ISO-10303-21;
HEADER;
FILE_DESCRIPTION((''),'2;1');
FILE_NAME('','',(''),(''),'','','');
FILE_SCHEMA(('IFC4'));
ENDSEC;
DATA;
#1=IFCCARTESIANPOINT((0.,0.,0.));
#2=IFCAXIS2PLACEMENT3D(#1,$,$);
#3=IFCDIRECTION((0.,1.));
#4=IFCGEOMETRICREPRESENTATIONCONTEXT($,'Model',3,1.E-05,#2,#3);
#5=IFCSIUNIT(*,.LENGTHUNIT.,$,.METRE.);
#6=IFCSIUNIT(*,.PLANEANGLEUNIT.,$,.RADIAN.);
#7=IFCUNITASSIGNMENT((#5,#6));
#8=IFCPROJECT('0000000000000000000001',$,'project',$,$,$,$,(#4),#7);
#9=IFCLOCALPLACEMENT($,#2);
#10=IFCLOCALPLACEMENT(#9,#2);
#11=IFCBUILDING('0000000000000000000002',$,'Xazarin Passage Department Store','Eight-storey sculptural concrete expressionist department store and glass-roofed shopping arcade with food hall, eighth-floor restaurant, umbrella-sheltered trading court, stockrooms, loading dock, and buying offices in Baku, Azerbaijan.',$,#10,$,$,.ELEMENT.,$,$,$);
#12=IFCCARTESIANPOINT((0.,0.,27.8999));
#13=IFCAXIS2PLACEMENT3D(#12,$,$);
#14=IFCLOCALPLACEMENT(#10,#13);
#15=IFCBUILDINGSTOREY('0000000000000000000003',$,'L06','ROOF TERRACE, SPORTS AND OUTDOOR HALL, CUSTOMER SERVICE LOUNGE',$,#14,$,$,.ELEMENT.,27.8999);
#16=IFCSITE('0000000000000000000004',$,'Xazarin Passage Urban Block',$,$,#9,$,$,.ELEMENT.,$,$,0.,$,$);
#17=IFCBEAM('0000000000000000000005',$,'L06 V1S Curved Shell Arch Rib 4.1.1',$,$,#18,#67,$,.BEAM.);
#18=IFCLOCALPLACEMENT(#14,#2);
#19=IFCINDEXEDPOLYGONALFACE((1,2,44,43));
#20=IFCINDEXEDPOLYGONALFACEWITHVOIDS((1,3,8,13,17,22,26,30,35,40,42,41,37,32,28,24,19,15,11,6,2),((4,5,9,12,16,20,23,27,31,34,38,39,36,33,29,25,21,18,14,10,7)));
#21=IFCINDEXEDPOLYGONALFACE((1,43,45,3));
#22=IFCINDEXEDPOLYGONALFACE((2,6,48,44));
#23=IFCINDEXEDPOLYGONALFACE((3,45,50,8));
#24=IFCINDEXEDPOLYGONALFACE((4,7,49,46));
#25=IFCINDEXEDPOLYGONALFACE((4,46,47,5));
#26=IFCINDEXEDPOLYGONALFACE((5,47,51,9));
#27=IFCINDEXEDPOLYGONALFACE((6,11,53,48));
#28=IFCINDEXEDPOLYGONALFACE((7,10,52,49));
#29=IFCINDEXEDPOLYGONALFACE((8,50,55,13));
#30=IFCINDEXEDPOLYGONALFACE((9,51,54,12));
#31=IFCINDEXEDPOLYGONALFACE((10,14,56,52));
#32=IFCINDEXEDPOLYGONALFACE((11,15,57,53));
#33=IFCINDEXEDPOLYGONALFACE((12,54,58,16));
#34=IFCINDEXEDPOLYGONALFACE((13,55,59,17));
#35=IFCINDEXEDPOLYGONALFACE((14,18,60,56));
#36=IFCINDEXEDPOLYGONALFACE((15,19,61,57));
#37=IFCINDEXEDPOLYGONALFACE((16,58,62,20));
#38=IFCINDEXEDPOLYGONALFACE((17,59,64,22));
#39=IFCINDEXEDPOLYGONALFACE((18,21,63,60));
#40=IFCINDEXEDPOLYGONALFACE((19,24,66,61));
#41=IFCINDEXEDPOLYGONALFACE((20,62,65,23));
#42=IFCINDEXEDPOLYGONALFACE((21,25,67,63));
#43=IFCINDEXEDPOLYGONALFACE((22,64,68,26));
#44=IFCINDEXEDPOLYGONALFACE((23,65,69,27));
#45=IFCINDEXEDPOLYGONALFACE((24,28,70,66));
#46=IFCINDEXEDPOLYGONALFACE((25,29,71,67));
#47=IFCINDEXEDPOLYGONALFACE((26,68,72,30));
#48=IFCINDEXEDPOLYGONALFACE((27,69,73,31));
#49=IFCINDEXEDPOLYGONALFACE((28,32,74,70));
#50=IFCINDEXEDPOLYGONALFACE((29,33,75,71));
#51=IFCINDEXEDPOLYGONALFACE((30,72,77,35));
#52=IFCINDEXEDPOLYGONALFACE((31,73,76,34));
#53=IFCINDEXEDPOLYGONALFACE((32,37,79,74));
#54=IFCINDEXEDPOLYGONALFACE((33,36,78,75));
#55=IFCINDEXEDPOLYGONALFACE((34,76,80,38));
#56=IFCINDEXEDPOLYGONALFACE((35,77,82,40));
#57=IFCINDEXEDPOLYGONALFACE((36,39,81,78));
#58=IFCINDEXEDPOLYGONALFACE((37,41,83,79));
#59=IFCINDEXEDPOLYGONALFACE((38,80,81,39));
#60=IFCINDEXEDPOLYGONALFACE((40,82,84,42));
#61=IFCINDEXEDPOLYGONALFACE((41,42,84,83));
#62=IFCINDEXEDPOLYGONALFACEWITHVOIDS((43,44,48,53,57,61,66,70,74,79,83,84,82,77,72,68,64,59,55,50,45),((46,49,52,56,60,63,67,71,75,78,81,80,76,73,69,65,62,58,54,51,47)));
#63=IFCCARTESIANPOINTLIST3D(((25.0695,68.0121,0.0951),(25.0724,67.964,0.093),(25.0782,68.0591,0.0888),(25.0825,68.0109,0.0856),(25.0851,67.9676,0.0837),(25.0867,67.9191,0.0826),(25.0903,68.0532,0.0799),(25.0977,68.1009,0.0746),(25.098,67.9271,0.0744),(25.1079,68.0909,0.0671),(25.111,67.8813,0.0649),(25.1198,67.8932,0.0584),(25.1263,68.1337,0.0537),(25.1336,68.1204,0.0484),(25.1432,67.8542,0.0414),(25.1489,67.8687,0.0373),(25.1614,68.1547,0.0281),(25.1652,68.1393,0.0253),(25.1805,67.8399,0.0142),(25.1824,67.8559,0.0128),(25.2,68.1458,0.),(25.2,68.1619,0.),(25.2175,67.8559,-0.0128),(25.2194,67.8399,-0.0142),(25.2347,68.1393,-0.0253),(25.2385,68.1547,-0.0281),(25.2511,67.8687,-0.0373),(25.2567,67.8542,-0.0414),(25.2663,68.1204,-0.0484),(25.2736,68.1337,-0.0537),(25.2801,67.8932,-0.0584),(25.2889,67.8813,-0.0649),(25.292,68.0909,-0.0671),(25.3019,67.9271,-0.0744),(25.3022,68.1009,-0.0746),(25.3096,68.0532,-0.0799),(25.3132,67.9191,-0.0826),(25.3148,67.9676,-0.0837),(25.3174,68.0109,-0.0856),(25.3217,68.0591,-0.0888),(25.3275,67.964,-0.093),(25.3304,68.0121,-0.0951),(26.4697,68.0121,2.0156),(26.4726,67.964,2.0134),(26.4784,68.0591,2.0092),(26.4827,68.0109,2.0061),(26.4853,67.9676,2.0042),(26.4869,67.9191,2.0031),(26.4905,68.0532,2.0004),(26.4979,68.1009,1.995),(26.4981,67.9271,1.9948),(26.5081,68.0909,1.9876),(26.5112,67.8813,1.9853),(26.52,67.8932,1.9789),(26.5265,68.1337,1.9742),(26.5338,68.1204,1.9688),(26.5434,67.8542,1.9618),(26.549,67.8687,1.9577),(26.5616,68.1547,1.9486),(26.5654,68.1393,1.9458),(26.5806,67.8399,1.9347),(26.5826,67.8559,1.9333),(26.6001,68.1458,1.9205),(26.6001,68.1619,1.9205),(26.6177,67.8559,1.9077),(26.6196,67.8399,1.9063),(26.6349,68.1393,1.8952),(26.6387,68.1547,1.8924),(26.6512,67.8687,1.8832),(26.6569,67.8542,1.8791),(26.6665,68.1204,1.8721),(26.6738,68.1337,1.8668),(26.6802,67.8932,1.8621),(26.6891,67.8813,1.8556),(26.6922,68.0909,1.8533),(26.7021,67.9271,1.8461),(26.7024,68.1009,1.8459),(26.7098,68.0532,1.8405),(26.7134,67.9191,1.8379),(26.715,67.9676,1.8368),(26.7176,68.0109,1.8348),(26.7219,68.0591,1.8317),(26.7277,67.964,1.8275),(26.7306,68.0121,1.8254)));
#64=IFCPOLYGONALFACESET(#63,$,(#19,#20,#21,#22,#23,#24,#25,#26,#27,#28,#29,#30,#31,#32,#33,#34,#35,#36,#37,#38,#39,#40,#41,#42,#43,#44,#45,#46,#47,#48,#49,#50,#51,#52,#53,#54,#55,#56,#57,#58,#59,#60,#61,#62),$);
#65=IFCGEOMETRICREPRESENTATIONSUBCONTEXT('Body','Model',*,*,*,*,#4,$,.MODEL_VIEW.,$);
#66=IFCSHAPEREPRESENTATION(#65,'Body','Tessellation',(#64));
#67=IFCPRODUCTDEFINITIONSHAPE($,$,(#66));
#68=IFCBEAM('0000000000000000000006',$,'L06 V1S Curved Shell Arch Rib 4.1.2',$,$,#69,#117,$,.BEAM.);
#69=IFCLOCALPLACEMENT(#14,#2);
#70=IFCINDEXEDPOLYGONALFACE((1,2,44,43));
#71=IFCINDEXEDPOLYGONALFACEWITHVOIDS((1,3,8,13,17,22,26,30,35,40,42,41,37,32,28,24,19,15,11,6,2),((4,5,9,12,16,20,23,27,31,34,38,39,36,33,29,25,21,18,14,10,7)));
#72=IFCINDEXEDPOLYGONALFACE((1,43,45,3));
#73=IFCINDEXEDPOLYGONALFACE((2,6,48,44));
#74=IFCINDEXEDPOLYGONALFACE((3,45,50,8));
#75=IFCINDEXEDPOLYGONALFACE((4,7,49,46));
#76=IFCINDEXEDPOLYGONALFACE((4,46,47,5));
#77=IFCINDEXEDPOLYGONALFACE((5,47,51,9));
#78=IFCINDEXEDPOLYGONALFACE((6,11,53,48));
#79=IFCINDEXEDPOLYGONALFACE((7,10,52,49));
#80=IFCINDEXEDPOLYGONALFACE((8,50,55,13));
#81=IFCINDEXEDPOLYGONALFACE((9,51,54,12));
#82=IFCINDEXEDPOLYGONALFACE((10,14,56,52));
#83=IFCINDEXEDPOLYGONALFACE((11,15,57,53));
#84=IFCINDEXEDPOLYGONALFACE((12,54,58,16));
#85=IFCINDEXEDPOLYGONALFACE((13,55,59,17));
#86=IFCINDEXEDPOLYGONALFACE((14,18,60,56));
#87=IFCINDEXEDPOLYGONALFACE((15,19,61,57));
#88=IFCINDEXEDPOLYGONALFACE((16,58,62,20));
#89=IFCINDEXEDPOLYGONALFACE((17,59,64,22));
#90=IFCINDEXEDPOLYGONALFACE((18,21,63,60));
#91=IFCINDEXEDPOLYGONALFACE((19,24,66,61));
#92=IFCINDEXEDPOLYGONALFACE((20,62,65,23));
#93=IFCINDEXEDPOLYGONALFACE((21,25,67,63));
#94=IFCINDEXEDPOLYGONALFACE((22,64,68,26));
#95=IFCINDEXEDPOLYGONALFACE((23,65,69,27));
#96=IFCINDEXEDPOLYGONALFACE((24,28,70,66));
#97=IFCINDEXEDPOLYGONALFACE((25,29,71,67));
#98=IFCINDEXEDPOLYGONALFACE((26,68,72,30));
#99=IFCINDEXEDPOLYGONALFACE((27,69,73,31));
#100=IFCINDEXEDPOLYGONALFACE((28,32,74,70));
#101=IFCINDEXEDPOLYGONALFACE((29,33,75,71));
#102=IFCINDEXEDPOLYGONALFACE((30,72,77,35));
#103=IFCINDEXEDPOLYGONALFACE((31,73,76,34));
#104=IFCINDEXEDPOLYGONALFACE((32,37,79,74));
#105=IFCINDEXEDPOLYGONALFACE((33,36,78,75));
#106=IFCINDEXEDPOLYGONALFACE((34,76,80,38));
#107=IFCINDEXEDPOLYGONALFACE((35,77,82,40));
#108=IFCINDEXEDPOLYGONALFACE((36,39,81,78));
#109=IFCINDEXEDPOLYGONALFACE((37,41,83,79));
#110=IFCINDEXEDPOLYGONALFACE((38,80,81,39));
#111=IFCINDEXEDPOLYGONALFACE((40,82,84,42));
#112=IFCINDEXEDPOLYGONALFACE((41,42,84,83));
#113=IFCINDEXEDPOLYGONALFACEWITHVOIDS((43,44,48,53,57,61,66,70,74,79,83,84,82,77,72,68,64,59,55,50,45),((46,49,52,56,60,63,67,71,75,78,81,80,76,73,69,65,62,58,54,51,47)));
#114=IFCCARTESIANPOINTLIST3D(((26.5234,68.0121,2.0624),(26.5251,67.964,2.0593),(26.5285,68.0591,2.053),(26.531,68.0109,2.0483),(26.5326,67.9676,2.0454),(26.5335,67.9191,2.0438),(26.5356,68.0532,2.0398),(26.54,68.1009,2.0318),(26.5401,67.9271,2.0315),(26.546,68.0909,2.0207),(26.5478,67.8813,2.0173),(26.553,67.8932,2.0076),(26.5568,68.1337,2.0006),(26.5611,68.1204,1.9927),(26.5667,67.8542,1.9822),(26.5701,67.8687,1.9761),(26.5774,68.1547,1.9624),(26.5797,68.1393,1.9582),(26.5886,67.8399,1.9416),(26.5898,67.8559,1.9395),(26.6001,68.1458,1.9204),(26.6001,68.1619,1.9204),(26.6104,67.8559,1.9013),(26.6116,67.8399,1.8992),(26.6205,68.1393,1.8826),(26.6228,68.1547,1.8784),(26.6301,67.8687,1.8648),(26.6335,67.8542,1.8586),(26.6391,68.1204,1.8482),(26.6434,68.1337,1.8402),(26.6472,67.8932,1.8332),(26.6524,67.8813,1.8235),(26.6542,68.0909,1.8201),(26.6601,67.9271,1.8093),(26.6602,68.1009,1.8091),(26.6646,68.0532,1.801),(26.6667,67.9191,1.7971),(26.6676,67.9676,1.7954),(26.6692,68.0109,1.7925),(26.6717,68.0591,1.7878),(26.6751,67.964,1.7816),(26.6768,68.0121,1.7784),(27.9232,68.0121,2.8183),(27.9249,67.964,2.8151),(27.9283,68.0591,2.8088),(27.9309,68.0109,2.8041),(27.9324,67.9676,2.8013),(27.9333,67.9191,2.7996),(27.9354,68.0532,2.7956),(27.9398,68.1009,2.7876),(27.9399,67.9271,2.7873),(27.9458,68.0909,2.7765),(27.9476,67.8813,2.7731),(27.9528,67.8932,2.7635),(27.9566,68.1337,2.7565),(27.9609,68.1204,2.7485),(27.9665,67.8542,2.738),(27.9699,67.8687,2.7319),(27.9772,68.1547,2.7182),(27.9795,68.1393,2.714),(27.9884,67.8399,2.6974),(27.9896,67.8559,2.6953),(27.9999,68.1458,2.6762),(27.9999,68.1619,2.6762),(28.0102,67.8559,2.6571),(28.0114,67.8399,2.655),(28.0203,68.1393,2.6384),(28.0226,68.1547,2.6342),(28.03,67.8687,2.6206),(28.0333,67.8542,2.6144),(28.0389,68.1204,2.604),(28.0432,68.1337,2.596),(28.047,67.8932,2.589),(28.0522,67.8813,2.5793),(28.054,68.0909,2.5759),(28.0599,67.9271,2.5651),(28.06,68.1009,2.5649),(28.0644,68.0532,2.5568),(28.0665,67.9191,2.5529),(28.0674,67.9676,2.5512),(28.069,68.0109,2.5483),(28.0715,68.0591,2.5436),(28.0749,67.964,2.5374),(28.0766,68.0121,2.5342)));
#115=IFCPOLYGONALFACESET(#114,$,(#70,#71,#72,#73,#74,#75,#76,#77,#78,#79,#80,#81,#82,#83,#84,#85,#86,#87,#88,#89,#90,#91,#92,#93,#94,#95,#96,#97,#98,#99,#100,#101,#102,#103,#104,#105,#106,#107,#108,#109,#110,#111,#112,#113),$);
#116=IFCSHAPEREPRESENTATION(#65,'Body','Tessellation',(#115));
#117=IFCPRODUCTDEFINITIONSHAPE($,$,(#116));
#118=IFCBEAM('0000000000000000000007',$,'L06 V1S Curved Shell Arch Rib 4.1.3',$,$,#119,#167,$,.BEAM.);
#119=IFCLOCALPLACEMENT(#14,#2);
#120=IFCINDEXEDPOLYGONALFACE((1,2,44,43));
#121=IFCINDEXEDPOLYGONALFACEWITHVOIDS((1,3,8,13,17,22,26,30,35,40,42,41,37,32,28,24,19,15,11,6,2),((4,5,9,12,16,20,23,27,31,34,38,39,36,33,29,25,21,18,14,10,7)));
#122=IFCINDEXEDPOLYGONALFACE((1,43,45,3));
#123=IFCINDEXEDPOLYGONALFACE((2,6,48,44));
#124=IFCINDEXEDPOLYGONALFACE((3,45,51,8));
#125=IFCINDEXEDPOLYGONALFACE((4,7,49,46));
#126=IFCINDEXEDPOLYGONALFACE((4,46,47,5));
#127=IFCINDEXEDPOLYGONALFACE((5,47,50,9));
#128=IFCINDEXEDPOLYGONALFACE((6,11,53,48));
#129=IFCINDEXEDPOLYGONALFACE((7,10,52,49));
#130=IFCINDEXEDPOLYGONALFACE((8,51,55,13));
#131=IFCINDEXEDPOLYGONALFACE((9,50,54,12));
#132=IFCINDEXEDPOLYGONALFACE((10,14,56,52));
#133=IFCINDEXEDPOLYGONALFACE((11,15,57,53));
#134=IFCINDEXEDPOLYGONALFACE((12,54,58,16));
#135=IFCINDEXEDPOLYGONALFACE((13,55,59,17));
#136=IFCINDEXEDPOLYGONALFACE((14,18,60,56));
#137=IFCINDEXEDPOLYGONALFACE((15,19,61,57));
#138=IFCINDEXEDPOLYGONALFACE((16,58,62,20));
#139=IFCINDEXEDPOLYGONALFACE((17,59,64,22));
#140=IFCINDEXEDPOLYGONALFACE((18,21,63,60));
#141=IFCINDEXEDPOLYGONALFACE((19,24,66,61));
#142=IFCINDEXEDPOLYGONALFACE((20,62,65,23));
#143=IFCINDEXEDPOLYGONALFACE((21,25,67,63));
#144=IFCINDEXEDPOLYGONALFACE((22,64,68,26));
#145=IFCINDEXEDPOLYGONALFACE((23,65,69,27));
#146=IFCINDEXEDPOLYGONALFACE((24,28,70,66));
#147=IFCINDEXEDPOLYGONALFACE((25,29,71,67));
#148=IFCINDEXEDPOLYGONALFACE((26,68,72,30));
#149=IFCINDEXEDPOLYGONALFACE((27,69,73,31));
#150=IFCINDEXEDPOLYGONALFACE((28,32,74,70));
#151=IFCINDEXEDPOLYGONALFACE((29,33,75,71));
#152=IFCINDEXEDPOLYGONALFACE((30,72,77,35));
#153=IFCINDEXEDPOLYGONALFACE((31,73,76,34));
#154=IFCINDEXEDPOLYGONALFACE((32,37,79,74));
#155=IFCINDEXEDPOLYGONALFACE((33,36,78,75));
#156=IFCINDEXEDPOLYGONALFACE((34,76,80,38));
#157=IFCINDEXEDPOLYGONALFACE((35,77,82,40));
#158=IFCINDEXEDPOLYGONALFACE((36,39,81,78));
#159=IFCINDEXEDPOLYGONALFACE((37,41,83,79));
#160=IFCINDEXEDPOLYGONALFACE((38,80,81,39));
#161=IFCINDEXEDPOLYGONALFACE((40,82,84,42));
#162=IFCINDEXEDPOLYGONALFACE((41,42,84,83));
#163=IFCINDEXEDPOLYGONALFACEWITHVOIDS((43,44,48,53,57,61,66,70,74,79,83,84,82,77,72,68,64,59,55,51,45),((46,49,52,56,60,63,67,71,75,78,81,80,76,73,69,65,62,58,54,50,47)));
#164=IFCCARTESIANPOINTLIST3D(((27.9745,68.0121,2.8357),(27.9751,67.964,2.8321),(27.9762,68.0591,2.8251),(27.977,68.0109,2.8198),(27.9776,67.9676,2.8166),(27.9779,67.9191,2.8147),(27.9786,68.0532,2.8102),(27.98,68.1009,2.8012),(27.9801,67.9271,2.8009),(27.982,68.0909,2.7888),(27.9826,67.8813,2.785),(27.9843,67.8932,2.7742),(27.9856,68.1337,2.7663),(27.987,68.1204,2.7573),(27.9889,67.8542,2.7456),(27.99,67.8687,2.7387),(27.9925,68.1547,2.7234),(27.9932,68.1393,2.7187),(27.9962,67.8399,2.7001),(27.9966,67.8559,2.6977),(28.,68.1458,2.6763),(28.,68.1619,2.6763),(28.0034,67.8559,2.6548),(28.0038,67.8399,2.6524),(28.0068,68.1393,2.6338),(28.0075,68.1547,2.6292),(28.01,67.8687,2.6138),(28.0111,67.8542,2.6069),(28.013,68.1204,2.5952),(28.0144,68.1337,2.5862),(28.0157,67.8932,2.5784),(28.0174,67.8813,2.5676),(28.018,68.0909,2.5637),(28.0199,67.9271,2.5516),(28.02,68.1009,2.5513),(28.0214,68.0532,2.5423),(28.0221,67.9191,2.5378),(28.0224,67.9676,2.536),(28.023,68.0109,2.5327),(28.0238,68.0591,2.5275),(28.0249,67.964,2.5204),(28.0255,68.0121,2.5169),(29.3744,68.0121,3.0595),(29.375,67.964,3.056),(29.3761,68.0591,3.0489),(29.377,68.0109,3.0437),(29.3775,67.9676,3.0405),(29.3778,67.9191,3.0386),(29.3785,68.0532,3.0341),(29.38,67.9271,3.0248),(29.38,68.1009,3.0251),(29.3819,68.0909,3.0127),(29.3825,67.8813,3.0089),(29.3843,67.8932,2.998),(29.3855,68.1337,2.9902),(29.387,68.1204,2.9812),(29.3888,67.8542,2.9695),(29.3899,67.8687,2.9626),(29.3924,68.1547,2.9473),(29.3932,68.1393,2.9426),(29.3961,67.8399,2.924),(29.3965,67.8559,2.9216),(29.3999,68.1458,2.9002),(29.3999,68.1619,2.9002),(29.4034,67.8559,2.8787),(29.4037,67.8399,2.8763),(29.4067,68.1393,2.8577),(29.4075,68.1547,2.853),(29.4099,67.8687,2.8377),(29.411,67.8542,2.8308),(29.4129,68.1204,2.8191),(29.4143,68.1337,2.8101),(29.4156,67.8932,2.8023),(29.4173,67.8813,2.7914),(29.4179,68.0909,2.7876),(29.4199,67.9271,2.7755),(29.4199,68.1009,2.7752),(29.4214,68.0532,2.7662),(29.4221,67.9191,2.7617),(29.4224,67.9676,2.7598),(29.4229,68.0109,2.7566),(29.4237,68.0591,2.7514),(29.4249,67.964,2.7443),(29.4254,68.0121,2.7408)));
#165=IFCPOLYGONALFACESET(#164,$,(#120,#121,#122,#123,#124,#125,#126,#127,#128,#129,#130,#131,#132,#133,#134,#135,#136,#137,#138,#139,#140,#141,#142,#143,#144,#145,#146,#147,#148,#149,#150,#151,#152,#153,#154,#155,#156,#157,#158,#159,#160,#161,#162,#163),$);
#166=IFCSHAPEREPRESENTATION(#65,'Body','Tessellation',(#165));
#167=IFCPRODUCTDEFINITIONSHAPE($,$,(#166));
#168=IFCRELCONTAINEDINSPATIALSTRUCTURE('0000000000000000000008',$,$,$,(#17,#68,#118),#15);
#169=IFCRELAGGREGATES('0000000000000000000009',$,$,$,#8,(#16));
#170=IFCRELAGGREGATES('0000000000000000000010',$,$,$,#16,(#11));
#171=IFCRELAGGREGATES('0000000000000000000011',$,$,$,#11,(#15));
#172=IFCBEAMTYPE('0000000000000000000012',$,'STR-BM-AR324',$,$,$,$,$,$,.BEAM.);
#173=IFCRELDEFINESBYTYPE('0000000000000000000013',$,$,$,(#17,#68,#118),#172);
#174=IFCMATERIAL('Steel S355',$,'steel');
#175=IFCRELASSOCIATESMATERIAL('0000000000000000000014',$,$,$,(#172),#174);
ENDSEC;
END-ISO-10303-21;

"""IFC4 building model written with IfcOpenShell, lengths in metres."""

from ifc_helpers import new_model, si_unit, direction, frame, origin, origin_2d, place, context, subcontext, project, spatial, hollow_circle, extrude, material, material_profile, profile_set, type_object, element, save


model = new_model("IFC4")

# Units and contexts
model_context = context("Model", 3, precision=1e-05, world=origin(), true_north=direction((0.0, 1.0)))
body_context = subcontext(model_context, "Body", "Model", "MODEL_VIEW")
ifc_project = project(units=[si_unit("LENGTHUNIT", "METRE"), si_unit("PLANEANGLEUNIT", "RADIAN")], contexts=[model_context])

# Site, building, storey
site_placement = place(None, origin())
site = spatial("IfcSite", under=ifc_project, at=site_placement, Name="Xazarin Passage Urban Block", CompositionType="ELEMENT", RefElevation=0.0)
building_placement = place(site_placement, origin())
building = spatial("IfcBuilding", under=site, at=building_placement, Name="Xazarin Passage Department Store", Description="Eight-storey sculptural concrete expressionist department store and glass-roofed shopping arcade with food hall, eighth-floor restaurant, umbrella-sheltered trading court, stockrooms, loading dock, and buying offices in Baku, Azerbaijan.", CompositionType="ELEMENT")
storey_placement = place(building_placement, frame((0.0, 0.0, 27.8999)))
storey = spatial("IfcBuildingStorey", under=building, at=storey_placement, Name="L06", Description="ROOF TERRACE, SPORTS AND OUTDOOR HALL, CUSTOMER SERVICE LOUNGE", CompositionType="ELEMENT", Elevation=27.8999)

# Beams
ifc_material_1 = material(Name="Steel S355", Category="steel")
ifc_material_profile_1 = material_profile(ifc_material_1, hollow_circle(Radius=0.1619, WallThickness=0.0161, at=origin_2d()), Name="CHS 323.9x16")
ifc_profile_set_1 = profile_set([ifc_material_profile_1], Name="Steel S355")
beam_type_1 = type_object("IfcBeamType", Name="STR-BM-AR324", PredefinedType="BEAM", material=ifc_profile_set_1)
beam_1_placement = place(storey_placement, frame((25.2, 68.0, 0.0), z_axis=(0.58913, 0.0, 0.808038), x_axis=(0.0, 1.0, 0.0)))
element("IfcBeam", 1, at=beam_1_placement, inside=storey, type_object=beam_type_1, Name="L06 V1S Curved Shell Arch Rib 4.1.1", PredefinedType="BEAM", context=body_context, shape_type="SweptSolid", body=[
    extrude(hollow_circle(Radius=0.1619, WallThickness=0.0161, at=origin_2d()), origin(), (0.0, 0.0, 1.0), 2.3767),
])
beam_2_placement = place(storey_placement, frame((26.6001, 68.0, 1.9204), z_axis=(0.879928, 0.0, 0.475106), x_axis=(0.0, 1.0, 0.0)))
element("IfcBeam", 2, at=beam_2_placement, inside=storey, type_object=beam_type_1, Name="L06 V1S Curved Shell Arch Rib 4.1.2", PredefinedType="BEAM", context=body_context, shape_type="SweptSolid", body=[
    extrude(hollow_circle(Radius=0.1619, WallThickness=0.0161, at=origin_2d()), origin(), (0.0, 0.0, 1.0), 1.5908),
])
beam_3_placement = place(storey_placement, frame((28.0, 68.0, 2.6763), z_axis=(0.987452, 0.0, 0.157917), x_axis=(0.0, 1.0, 0.0)))
element("IfcBeam", 3, at=beam_3_placement, inside=storey, type_object=beam_type_1, Name="L06 V1S Curved Shell Arch Rib 4.1.3", PredefinedType="BEAM", context=body_context, shape_type="SweptSolid", body=[
    extrude(hollow_circle(Radius=0.1619, WallThickness=0.0161, at=origin_2d()), origin(), (0.0, 0.0, 1.0), 1.4177),
])

save(model, "model.ifc")
